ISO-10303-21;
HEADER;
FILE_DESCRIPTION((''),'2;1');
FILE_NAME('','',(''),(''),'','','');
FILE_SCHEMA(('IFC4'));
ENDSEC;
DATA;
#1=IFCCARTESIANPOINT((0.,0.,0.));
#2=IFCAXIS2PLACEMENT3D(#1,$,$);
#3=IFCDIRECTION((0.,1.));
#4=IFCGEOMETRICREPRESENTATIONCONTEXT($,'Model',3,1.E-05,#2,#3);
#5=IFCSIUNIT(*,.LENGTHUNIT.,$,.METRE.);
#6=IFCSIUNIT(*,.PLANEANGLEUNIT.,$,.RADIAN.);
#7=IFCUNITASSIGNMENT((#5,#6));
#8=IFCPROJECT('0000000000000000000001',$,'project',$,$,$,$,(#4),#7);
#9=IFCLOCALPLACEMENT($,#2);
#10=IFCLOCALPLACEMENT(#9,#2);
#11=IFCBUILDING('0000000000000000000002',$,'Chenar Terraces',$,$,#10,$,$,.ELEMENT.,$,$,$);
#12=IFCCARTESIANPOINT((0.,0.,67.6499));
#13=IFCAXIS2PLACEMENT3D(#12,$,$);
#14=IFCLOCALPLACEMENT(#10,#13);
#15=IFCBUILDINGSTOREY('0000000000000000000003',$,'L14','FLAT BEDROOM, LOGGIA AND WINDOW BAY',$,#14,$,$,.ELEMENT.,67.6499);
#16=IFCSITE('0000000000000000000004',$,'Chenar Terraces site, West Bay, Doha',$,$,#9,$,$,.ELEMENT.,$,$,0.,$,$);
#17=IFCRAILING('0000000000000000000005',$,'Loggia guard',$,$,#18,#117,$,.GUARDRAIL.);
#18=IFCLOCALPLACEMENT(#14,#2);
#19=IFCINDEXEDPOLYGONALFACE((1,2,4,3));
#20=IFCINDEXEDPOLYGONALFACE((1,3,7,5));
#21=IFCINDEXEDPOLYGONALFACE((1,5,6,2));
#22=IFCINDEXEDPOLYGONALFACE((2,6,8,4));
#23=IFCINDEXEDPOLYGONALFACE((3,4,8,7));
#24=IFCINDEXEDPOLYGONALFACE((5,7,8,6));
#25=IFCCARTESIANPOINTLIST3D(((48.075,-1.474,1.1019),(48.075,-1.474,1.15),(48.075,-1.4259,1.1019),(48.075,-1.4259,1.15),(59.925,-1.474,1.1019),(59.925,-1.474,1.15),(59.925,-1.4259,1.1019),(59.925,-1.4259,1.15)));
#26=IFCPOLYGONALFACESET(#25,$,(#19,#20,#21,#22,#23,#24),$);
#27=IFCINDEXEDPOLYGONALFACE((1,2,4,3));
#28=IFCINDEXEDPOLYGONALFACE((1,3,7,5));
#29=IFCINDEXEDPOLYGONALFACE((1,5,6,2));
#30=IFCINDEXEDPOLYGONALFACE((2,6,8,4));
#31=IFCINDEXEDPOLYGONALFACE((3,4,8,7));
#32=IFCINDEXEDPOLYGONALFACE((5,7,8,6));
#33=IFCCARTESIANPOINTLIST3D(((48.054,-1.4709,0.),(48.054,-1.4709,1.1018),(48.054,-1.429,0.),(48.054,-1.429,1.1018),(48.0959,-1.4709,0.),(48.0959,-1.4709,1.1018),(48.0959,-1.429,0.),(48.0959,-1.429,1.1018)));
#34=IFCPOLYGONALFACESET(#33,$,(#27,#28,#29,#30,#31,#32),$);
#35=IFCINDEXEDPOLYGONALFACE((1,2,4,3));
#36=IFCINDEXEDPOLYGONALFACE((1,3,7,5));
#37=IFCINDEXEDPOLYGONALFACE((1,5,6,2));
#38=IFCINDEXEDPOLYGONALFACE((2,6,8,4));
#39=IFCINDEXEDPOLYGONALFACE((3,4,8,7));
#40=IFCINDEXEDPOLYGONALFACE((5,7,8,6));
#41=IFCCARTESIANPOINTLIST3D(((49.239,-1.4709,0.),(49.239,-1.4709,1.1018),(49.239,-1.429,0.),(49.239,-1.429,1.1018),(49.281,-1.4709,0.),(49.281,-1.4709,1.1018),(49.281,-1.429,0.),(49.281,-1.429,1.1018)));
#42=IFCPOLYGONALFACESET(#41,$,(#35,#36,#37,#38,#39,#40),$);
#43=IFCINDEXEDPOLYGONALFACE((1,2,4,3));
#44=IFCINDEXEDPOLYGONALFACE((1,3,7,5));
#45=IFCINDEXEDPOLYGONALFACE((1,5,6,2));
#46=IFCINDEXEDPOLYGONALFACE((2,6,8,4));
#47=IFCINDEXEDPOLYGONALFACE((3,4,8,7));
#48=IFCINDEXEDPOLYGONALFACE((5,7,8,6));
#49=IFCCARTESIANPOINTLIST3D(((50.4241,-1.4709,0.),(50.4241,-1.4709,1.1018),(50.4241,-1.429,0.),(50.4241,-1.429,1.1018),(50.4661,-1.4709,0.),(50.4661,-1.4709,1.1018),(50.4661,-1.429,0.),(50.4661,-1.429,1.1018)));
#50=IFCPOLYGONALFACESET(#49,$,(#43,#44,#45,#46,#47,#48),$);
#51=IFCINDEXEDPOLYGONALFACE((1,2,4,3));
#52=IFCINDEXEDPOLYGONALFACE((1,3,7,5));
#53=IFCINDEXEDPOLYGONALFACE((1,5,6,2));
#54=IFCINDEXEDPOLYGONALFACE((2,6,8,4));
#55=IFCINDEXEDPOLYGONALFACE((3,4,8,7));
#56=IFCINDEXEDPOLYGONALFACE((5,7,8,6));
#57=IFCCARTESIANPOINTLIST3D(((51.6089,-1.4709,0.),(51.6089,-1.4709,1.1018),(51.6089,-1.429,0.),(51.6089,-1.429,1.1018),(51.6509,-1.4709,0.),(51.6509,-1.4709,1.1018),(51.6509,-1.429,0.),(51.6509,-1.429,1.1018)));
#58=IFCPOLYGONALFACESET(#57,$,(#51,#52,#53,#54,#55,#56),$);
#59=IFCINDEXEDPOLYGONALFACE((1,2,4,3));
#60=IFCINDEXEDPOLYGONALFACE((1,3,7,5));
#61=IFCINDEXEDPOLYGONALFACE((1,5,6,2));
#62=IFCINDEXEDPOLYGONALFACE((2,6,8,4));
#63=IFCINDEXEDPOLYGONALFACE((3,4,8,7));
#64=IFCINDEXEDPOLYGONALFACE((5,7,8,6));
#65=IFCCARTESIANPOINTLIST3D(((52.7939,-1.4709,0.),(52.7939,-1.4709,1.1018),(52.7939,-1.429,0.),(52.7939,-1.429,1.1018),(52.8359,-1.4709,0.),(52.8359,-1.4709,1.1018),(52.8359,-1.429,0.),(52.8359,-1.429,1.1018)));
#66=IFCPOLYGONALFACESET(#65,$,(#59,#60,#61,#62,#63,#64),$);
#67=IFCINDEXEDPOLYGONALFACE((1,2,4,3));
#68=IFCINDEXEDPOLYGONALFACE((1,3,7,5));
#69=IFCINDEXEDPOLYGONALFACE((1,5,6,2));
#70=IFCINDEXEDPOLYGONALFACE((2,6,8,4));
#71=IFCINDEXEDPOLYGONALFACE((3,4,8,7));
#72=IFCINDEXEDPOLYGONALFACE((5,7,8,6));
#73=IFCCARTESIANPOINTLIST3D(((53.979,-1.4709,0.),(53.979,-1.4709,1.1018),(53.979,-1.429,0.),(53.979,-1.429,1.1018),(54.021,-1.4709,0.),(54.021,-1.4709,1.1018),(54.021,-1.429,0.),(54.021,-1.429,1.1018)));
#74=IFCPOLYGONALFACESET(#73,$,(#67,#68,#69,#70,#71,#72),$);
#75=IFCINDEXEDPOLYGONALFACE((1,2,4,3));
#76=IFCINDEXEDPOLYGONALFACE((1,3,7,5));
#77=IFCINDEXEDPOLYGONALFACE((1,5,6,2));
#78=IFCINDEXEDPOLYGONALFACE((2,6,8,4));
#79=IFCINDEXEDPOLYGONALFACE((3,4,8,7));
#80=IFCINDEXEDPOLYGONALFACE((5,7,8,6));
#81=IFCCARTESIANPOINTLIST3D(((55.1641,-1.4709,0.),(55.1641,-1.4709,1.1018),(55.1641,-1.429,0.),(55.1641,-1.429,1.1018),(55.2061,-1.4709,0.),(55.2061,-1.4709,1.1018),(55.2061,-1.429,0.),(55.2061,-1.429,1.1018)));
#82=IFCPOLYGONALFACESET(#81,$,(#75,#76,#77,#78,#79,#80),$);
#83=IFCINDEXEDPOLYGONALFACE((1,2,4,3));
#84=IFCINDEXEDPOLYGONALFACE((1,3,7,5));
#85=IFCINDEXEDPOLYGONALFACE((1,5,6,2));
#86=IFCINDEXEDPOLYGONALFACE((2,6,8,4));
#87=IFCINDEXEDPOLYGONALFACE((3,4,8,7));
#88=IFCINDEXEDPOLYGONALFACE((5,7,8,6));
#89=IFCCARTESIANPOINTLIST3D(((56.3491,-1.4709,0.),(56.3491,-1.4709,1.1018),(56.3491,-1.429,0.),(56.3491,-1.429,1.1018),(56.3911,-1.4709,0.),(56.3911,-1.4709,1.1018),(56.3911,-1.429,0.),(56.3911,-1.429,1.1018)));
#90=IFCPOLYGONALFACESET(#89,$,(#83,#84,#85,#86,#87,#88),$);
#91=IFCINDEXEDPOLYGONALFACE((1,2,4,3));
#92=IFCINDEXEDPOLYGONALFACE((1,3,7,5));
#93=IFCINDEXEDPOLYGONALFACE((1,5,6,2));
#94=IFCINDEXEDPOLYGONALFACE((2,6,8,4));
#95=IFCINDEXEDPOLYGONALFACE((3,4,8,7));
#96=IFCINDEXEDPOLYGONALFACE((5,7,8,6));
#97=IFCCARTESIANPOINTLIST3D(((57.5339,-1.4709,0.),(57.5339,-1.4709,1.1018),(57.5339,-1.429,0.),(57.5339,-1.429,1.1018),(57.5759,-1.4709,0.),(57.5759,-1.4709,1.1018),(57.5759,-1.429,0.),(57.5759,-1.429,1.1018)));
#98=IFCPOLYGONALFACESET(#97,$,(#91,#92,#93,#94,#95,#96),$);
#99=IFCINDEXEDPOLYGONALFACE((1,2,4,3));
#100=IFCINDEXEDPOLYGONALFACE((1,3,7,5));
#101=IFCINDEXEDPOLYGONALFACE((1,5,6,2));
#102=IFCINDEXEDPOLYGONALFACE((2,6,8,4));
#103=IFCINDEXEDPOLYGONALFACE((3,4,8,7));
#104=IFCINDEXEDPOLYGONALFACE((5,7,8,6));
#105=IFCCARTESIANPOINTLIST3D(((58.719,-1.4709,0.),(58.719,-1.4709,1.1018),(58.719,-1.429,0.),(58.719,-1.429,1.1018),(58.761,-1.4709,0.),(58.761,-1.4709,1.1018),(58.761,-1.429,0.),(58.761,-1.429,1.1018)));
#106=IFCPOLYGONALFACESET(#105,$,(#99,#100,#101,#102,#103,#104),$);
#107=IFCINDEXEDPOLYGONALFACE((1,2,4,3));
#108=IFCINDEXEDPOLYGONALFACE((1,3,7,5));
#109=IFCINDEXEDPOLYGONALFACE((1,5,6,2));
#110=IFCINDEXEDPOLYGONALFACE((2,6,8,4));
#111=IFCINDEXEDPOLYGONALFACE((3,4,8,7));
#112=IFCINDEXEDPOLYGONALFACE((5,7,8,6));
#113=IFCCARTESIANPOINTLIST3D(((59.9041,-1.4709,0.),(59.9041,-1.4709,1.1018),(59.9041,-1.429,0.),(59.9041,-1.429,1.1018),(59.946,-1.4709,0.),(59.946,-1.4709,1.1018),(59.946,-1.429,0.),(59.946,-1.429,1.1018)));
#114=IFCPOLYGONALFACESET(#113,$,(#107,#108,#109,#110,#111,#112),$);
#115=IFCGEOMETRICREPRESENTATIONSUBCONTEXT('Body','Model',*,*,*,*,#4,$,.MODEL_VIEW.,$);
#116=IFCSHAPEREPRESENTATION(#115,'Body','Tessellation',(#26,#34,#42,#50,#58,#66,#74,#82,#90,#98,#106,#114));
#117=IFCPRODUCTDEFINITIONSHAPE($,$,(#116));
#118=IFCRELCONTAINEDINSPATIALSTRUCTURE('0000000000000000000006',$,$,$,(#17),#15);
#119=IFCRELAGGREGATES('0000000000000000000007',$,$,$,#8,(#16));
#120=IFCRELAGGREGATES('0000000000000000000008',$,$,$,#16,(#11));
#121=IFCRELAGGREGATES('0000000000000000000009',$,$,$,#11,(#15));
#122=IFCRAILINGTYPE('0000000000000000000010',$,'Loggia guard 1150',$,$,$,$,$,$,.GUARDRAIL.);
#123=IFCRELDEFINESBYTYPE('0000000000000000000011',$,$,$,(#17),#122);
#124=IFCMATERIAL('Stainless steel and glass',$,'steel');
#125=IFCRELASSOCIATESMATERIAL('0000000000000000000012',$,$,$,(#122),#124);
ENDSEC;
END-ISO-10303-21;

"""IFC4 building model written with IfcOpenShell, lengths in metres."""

from ifc_helpers import new_model, si_unit, direction, frame, origin, origin_2d, place, context, subcontext, project, spatial, rectangle, extrude, material, type_object, element, save


model = new_model("IFC4")

# Units and contexts
model_context = context("Model", 3, precision=1e-05, world=origin(), true_north=direction((0.0, 1.0)))
body_context = subcontext(model_context, "Body", "Model", "MODEL_VIEW")
ifc_project = project(units=[si_unit("LENGTHUNIT", "METRE"), si_unit("PLANEANGLEUNIT", "RADIAN")], contexts=[model_context])

# Site, building, storey
site_placement = place(None, origin())
site = spatial("IfcSite", under=ifc_project, at=site_placement, Name="Chenar Terraces site, West Bay, Doha", CompositionType="ELEMENT", RefElevation=0.0)
building_placement = place(site_placement, origin())
building = spatial("IfcBuilding", under=site, at=building_placement, Name="Chenar Terraces", CompositionType="ELEMENT")
storey_placement = place(building_placement, frame((0.0, 0.0, 67.6499)))
storey = spatial("IfcBuildingStorey", under=building, at=storey_placement, Name="L14", Description="FLAT BEDROOM, LOGGIA AND WINDOW BAY", CompositionType="ELEMENT", Elevation=67.6499)

# Railing
ifc_material_1 = material(Name="Stainless steel and glass", Category="steel")
railing_type = type_object("IfcRailingType", Name="Loggia guard 1150", PredefinedType="GUARDRAIL", material=ifc_material_1)
railing_placement = place(storey_placement, frame((48.075, -1.45, 0.0)))
element("IfcRailing", 1, at=railing_placement, inside=storey, type_object=railing_type, Name="Loggia guard", PredefinedType="GUARDRAIL", context=body_context, shape_type="SweptSolid", body=[
    extrude(rectangle(XDim=0.0481, YDim=0.0481, at=origin_2d()), frame((0.0, 0.0, 1.126), z_axis=(1.0, 0.0, 0.0), x_axis=(0.0, 1.0, 0.0)), (0.0, 0.0, 1.0), 11.8501),
    extrude(rectangle(XDim=0.042, YDim=0.042, at=origin_2d()), origin(), (0.0, 0.0, 1.0), 1.1018),
    extrude(rectangle(XDim=0.042, YDim=0.042, at=origin_2d()), frame((1.1851, 0.0, 0.0)), (0.0, 0.0, 1.0), 1.1018),
    extrude(rectangle(XDim=0.042, YDim=0.042, at=origin_2d()), frame((2.3701, 0.0, 0.0)), (0.0, 0.0, 1.0), 1.1018),
    extrude(rectangle(XDim=0.042, YDim=0.042, at=origin_2d()), frame((3.5549, 0.0, 0.0)), (0.0, 0.0, 1.0), 1.1018),
    extrude(rectangle(XDim=0.042, YDim=0.042, at=origin_2d()), frame((4.74, 0.0, 0.0)), (0.0, 0.0, 1.0), 1.1018),
    extrude(rectangle(XDim=0.042, YDim=0.042, at=origin_2d()), frame((5.925, 0.0, 0.0)), (0.0, 0.0, 1.0), 1.1018),
    extrude(rectangle(XDim=0.042, YDim=0.042, at=origin_2d()), frame((7.1101, 0.0, 0.0)), (0.0, 0.0, 1.0), 1.1018),
    extrude(rectangle(XDim=0.042, YDim=0.042, at=origin_2d()), frame((8.2952, 0.0, 0.0)), (0.0, 0.0, 1.0), 1.1018),
    extrude(rectangle(XDim=0.042, YDim=0.042, at=origin_2d()), frame((9.48, 0.0, 0.0)), (0.0, 0.0, 1.0), 1.1018),
    extrude(rectangle(XDim=0.042, YDim=0.042, at=origin_2d()), frame((10.665, 0.0, 0.0)), (0.0, 0.0, 1.0), 1.1018),
    extrude(rectangle(XDim=0.042, YDim=0.042, at=origin_2d()), frame((11.8501, 0.0, 0.0)), (0.0, 0.0, 1.0), 1.1018),
])

save(model, "model.ifc")
